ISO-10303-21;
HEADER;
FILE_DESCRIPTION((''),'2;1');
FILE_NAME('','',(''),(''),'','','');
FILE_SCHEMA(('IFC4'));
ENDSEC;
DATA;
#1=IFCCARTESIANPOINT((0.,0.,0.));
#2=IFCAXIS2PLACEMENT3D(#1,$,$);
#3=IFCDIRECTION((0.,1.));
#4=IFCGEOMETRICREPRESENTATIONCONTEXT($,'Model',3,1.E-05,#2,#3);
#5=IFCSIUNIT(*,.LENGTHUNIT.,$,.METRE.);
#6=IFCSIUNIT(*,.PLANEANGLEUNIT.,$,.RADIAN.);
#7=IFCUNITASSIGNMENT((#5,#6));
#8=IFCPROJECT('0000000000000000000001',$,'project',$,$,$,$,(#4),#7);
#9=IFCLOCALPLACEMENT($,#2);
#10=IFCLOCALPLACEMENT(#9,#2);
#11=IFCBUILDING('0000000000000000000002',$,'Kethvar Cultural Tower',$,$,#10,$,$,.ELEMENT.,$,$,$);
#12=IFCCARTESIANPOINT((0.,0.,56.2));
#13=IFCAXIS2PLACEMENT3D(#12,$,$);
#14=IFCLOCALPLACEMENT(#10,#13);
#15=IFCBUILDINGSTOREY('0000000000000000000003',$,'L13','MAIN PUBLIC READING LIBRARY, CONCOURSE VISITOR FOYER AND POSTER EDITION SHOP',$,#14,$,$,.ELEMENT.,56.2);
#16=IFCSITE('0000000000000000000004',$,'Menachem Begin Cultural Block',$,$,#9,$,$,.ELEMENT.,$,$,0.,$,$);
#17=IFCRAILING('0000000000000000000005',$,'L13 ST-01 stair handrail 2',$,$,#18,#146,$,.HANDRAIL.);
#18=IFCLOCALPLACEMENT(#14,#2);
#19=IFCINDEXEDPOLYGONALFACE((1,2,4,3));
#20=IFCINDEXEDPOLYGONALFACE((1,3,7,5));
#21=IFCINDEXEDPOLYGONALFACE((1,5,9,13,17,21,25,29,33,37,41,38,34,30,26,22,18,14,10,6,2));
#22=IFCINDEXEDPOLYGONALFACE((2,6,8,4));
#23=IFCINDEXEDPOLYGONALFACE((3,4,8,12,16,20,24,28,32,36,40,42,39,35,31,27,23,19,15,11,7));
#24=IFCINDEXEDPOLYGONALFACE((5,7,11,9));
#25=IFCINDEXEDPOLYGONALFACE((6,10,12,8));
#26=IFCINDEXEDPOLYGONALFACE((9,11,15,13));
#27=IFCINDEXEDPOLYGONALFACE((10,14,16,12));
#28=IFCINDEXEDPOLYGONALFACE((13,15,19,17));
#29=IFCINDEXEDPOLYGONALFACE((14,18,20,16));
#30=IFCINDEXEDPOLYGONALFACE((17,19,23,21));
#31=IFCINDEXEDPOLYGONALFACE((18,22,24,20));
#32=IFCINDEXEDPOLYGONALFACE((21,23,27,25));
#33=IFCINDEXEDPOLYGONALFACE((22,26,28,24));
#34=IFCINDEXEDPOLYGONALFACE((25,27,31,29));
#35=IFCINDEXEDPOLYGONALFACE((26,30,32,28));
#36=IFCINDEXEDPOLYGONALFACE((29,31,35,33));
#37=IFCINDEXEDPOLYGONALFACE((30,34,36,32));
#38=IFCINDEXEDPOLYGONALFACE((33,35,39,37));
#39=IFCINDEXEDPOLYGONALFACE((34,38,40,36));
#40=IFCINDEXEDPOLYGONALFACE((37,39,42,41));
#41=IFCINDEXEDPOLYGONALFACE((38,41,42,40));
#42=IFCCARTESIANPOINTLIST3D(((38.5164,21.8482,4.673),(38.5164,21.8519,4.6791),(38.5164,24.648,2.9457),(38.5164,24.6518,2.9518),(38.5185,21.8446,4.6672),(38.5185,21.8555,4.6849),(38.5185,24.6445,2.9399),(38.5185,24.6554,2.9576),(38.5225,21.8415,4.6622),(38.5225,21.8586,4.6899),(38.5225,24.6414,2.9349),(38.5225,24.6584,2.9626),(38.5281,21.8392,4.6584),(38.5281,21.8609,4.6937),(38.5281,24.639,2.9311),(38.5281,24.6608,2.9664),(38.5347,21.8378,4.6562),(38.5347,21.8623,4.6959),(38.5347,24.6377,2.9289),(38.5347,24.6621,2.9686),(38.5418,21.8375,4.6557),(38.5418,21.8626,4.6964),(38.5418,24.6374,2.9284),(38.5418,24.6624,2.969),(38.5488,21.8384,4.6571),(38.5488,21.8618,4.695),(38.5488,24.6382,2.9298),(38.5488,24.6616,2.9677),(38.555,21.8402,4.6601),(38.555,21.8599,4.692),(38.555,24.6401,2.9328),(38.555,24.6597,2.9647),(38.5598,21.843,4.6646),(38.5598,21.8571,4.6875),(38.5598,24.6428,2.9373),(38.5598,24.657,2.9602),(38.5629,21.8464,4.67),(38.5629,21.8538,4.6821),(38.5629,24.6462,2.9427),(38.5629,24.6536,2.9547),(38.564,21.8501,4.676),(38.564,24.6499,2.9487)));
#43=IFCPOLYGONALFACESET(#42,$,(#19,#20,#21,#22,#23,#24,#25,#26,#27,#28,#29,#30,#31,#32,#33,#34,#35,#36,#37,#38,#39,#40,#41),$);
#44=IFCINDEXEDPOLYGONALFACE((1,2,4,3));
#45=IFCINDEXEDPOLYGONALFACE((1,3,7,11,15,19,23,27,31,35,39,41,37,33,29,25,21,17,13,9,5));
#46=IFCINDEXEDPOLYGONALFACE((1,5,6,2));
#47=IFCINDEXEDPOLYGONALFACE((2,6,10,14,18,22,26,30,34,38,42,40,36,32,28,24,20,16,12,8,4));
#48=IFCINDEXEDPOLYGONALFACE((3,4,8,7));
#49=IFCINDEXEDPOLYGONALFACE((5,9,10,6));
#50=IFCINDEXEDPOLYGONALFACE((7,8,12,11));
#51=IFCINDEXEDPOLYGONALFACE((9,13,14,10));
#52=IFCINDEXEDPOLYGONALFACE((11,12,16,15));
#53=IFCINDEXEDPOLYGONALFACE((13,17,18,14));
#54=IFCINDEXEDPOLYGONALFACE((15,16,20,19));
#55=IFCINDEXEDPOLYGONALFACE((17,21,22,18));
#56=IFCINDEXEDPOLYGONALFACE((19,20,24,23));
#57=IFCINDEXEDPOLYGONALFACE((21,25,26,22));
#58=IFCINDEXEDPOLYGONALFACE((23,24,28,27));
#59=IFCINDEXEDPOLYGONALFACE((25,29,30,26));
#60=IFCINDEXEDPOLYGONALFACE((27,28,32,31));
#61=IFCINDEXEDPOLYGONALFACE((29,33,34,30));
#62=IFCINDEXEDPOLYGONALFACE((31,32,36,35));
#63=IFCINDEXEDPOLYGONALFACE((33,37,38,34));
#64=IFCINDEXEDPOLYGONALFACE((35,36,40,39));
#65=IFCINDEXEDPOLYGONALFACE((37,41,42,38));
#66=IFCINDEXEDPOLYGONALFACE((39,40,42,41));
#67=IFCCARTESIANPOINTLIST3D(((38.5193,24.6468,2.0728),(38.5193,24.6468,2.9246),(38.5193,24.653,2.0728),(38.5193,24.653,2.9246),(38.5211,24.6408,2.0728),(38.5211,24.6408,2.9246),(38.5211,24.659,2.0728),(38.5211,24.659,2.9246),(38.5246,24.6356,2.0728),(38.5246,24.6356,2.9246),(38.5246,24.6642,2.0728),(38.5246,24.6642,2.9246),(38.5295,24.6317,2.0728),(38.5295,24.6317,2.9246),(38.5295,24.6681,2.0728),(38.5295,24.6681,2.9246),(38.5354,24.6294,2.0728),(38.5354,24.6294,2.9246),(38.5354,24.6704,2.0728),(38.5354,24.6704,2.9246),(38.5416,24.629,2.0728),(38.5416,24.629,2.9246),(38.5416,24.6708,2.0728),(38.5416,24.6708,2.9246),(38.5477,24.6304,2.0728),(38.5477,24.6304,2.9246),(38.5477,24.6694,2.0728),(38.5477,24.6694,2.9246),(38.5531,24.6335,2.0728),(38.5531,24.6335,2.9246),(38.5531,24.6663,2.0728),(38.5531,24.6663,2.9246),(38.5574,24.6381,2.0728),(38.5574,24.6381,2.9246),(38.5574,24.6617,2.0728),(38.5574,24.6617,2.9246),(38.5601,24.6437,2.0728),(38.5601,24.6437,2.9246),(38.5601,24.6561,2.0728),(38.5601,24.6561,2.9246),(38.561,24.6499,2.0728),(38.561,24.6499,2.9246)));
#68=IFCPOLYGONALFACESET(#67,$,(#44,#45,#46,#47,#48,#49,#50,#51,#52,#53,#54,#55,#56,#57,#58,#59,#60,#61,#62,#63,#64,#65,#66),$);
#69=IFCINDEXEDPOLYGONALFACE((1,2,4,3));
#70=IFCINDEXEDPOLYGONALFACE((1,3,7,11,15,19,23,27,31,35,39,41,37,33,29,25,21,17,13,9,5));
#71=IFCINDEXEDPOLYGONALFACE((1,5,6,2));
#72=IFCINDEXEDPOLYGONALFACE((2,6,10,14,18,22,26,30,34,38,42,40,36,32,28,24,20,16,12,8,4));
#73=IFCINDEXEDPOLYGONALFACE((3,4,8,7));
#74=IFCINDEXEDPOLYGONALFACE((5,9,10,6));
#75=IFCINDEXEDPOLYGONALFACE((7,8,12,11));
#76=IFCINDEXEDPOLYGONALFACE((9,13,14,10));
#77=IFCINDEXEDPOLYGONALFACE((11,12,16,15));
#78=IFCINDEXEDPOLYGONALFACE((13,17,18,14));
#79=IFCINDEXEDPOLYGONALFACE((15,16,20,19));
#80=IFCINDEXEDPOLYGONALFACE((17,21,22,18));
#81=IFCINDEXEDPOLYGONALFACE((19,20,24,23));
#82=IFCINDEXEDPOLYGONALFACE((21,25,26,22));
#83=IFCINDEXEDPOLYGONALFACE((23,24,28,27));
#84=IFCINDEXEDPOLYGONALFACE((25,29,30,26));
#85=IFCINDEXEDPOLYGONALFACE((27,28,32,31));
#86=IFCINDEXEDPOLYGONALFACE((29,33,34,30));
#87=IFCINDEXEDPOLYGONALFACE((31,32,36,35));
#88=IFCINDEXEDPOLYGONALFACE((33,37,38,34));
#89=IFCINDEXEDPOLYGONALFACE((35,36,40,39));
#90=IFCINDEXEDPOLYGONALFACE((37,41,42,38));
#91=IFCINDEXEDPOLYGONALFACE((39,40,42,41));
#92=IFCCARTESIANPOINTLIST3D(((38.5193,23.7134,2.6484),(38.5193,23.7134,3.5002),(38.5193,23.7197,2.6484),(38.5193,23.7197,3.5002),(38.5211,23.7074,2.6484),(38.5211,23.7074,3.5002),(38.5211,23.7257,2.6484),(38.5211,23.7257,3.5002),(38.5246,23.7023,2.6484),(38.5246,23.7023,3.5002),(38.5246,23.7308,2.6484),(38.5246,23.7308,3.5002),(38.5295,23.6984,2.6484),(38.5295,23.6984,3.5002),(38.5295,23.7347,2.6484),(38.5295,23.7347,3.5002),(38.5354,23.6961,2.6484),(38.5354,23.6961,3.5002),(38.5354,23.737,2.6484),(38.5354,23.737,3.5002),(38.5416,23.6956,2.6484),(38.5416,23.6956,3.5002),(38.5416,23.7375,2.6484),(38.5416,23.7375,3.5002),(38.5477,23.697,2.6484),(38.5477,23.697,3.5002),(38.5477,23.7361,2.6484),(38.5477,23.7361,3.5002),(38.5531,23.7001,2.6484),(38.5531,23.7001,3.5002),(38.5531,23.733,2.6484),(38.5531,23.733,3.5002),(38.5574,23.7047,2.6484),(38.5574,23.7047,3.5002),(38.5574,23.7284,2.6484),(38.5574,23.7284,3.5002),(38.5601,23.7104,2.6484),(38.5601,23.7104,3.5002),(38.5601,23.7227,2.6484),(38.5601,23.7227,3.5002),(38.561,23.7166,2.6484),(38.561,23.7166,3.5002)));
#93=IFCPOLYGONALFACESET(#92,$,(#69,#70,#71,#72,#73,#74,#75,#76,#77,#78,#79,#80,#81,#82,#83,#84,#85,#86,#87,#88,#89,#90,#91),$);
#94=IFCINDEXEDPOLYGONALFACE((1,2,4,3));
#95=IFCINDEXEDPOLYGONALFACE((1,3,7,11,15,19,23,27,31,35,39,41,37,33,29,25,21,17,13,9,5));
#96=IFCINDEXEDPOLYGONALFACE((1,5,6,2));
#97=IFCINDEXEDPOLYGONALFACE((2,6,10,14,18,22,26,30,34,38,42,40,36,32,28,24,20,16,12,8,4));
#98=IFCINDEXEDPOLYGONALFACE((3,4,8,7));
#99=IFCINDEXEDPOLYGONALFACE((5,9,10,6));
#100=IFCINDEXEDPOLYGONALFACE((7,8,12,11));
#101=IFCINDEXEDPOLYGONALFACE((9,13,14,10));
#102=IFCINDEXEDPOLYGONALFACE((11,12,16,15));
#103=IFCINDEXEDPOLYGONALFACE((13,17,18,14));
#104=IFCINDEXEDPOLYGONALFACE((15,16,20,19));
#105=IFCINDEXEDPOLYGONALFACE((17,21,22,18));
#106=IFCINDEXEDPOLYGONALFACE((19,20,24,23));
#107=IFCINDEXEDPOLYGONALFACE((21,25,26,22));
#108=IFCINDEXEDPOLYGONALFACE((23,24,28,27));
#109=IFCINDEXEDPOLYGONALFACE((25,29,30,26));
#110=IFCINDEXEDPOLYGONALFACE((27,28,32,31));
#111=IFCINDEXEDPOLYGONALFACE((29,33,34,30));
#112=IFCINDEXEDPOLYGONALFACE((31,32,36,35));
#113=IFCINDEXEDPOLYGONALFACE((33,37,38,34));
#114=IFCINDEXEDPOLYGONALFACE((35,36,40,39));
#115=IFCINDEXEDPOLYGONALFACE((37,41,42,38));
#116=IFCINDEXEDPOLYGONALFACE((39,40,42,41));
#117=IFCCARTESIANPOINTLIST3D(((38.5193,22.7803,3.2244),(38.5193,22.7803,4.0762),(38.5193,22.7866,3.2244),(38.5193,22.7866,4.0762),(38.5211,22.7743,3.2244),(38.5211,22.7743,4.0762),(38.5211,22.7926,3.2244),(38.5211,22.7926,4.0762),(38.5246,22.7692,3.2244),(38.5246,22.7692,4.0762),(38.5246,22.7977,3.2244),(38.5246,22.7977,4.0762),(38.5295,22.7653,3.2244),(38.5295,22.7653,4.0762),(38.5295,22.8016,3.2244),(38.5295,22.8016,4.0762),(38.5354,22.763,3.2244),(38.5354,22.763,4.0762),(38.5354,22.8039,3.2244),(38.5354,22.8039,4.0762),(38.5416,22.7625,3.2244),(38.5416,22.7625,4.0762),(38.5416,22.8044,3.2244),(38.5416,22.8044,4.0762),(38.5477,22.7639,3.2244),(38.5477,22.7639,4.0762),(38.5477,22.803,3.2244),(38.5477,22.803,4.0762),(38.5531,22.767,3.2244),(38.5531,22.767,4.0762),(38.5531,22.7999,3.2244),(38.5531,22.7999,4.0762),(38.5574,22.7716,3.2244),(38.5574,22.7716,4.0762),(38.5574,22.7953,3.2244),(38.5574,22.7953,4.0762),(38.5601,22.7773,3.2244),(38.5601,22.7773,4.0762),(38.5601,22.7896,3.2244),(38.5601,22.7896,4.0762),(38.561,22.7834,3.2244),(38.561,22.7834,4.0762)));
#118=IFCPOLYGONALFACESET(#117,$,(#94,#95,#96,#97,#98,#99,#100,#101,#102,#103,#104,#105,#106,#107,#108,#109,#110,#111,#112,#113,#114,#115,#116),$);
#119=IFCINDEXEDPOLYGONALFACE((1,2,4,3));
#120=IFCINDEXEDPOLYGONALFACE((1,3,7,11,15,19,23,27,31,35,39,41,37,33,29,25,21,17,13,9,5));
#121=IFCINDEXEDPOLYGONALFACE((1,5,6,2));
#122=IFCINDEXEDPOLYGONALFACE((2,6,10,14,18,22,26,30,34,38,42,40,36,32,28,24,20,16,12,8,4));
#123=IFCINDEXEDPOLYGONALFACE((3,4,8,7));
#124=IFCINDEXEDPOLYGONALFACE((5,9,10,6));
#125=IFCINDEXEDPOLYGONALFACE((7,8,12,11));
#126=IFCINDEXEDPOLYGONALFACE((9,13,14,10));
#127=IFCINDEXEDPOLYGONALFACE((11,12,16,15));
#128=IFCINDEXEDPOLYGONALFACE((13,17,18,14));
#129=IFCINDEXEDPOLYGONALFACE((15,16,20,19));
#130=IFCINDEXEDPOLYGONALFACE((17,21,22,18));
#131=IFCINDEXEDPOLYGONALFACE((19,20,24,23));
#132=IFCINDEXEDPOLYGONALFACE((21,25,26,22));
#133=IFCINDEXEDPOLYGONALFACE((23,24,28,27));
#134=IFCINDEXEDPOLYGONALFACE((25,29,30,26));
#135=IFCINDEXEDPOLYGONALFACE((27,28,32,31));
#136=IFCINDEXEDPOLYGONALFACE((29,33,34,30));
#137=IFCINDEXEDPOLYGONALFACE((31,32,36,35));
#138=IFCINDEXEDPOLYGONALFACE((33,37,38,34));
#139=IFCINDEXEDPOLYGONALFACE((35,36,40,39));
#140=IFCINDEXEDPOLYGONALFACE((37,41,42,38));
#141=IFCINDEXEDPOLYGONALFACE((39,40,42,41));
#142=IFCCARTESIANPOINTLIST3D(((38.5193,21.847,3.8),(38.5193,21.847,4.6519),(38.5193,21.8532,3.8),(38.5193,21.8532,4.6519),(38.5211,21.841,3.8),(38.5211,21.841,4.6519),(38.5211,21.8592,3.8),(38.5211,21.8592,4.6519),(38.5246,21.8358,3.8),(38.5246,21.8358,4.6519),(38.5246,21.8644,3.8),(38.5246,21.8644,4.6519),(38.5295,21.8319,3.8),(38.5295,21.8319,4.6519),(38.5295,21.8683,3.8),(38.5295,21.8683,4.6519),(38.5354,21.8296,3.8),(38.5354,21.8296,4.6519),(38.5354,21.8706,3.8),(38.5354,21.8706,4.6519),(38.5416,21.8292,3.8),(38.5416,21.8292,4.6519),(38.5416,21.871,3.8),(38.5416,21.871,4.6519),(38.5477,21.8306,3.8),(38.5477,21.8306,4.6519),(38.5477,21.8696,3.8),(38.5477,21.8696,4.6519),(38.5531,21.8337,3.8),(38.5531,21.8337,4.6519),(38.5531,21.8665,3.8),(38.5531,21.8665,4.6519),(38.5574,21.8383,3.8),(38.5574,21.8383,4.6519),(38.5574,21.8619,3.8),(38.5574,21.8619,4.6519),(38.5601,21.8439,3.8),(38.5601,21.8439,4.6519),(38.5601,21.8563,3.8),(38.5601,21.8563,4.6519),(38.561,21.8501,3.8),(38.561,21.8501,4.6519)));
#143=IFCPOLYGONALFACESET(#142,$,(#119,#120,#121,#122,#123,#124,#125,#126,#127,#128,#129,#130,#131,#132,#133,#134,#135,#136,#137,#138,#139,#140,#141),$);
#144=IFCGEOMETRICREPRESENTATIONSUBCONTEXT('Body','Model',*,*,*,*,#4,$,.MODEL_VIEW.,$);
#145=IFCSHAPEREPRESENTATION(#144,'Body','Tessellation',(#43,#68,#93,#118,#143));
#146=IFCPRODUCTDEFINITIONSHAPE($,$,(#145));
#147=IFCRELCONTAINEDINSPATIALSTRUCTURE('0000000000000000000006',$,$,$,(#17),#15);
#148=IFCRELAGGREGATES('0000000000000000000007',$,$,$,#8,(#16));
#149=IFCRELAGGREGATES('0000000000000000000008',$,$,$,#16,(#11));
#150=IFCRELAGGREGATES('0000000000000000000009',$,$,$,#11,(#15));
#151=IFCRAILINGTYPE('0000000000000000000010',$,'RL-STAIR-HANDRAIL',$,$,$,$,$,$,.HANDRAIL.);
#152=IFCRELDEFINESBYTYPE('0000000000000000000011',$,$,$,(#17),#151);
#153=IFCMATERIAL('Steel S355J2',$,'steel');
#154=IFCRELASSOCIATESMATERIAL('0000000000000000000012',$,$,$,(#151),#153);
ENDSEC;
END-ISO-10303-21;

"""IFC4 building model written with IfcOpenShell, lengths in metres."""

from ifc_helpers import new_model, si_unit, direction, frame, origin, origin_2d, place, context, subcontext, project, spatial, circle, extrude, material, type_object, element, save


model = new_model("IFC4")

# Units and contexts
model_context = context("Model", 3, precision=1e-05, world=origin(), true_north=direction((0.0, 1.0)))
body_context = subcontext(model_context, "Body", "Model", "MODEL_VIEW")
ifc_project = project(units=[si_unit("LENGTHUNIT", "METRE"), si_unit("PLANEANGLEUNIT", "RADIAN")], contexts=[model_context])

# Site, building, storey
site_placement = place(None, origin())
site = spatial("IfcSite", under=ifc_project, at=site_placement, Name="Menachem Begin Cultural Block", CompositionType="ELEMENT", RefElevation=0.0)
building_placement = place(site_placement, origin())
building = spatial("IfcBuilding", under=site, at=building_placement, Name="Kethvar Cultural Tower", CompositionType="ELEMENT")
storey_placement = place(building_placement, frame((0.0, 0.0, 56.2)))
storey = spatial("IfcBuildingStorey", under=building, at=storey_placement, Name="L13", Description="MAIN PUBLIC READING LIBRARY, CONCOURSE VISITOR FOYER AND POSTER EDITION SHOP", CompositionType="ELEMENT", Elevation=56.2)

# Shared definitions
ifc_material_1 = material(Name="Steel S355J2", Category="steel")

# Railing
railing_type_1 = type_object("IfcRailingType", Name="RL-STAIR-HANDRAIL", PredefinedType="HANDRAIL", material=ifc_material_1)
railing_1_placement = place(storey_placement, frame((38.54, 24.6499, 2.0728)))
element("IfcRailing", 1, at=railing_1_placement, inside=storey, type_object=railing_type_1, Name="L13 ST-01 stair handrail 2", PredefinedType="HANDRAIL", context=body_context, shape_type="SweptSolid", body=[
    extrude(circle(Radius=0.0239, at=origin_2d()), frame((0.0, 0.0, 0.876), z_axis=(0.0, -0.851069, 0.525054), x_axis=(1.0, 0.0, 0.0)), (0.0, 0.0, 1.0), 3.2898),
    extrude(circle(Radius=0.021, at=origin_2d()), origin(), (0.0, 0.0, 1.0), 0.8518),
    extrude(circle(Radius=0.021, at=origin_2d()), frame((0.0, -0.9333, 0.5757)), (0.0, 0.0, 1.0), 0.8518),
    extrude(circle(Radius=0.021, at=origin_2d()), frame((0.0, -1.8665, 1.1516)), (0.0, 0.0, 1.0), 0.8518),
    extrude(circle(Radius=0.021, at=origin_2d()), frame((0.0, -2.7998, 1.7273)), (0.0, 0.0, 1.0), 0.8518),
])

save(model, "model.ifc")
